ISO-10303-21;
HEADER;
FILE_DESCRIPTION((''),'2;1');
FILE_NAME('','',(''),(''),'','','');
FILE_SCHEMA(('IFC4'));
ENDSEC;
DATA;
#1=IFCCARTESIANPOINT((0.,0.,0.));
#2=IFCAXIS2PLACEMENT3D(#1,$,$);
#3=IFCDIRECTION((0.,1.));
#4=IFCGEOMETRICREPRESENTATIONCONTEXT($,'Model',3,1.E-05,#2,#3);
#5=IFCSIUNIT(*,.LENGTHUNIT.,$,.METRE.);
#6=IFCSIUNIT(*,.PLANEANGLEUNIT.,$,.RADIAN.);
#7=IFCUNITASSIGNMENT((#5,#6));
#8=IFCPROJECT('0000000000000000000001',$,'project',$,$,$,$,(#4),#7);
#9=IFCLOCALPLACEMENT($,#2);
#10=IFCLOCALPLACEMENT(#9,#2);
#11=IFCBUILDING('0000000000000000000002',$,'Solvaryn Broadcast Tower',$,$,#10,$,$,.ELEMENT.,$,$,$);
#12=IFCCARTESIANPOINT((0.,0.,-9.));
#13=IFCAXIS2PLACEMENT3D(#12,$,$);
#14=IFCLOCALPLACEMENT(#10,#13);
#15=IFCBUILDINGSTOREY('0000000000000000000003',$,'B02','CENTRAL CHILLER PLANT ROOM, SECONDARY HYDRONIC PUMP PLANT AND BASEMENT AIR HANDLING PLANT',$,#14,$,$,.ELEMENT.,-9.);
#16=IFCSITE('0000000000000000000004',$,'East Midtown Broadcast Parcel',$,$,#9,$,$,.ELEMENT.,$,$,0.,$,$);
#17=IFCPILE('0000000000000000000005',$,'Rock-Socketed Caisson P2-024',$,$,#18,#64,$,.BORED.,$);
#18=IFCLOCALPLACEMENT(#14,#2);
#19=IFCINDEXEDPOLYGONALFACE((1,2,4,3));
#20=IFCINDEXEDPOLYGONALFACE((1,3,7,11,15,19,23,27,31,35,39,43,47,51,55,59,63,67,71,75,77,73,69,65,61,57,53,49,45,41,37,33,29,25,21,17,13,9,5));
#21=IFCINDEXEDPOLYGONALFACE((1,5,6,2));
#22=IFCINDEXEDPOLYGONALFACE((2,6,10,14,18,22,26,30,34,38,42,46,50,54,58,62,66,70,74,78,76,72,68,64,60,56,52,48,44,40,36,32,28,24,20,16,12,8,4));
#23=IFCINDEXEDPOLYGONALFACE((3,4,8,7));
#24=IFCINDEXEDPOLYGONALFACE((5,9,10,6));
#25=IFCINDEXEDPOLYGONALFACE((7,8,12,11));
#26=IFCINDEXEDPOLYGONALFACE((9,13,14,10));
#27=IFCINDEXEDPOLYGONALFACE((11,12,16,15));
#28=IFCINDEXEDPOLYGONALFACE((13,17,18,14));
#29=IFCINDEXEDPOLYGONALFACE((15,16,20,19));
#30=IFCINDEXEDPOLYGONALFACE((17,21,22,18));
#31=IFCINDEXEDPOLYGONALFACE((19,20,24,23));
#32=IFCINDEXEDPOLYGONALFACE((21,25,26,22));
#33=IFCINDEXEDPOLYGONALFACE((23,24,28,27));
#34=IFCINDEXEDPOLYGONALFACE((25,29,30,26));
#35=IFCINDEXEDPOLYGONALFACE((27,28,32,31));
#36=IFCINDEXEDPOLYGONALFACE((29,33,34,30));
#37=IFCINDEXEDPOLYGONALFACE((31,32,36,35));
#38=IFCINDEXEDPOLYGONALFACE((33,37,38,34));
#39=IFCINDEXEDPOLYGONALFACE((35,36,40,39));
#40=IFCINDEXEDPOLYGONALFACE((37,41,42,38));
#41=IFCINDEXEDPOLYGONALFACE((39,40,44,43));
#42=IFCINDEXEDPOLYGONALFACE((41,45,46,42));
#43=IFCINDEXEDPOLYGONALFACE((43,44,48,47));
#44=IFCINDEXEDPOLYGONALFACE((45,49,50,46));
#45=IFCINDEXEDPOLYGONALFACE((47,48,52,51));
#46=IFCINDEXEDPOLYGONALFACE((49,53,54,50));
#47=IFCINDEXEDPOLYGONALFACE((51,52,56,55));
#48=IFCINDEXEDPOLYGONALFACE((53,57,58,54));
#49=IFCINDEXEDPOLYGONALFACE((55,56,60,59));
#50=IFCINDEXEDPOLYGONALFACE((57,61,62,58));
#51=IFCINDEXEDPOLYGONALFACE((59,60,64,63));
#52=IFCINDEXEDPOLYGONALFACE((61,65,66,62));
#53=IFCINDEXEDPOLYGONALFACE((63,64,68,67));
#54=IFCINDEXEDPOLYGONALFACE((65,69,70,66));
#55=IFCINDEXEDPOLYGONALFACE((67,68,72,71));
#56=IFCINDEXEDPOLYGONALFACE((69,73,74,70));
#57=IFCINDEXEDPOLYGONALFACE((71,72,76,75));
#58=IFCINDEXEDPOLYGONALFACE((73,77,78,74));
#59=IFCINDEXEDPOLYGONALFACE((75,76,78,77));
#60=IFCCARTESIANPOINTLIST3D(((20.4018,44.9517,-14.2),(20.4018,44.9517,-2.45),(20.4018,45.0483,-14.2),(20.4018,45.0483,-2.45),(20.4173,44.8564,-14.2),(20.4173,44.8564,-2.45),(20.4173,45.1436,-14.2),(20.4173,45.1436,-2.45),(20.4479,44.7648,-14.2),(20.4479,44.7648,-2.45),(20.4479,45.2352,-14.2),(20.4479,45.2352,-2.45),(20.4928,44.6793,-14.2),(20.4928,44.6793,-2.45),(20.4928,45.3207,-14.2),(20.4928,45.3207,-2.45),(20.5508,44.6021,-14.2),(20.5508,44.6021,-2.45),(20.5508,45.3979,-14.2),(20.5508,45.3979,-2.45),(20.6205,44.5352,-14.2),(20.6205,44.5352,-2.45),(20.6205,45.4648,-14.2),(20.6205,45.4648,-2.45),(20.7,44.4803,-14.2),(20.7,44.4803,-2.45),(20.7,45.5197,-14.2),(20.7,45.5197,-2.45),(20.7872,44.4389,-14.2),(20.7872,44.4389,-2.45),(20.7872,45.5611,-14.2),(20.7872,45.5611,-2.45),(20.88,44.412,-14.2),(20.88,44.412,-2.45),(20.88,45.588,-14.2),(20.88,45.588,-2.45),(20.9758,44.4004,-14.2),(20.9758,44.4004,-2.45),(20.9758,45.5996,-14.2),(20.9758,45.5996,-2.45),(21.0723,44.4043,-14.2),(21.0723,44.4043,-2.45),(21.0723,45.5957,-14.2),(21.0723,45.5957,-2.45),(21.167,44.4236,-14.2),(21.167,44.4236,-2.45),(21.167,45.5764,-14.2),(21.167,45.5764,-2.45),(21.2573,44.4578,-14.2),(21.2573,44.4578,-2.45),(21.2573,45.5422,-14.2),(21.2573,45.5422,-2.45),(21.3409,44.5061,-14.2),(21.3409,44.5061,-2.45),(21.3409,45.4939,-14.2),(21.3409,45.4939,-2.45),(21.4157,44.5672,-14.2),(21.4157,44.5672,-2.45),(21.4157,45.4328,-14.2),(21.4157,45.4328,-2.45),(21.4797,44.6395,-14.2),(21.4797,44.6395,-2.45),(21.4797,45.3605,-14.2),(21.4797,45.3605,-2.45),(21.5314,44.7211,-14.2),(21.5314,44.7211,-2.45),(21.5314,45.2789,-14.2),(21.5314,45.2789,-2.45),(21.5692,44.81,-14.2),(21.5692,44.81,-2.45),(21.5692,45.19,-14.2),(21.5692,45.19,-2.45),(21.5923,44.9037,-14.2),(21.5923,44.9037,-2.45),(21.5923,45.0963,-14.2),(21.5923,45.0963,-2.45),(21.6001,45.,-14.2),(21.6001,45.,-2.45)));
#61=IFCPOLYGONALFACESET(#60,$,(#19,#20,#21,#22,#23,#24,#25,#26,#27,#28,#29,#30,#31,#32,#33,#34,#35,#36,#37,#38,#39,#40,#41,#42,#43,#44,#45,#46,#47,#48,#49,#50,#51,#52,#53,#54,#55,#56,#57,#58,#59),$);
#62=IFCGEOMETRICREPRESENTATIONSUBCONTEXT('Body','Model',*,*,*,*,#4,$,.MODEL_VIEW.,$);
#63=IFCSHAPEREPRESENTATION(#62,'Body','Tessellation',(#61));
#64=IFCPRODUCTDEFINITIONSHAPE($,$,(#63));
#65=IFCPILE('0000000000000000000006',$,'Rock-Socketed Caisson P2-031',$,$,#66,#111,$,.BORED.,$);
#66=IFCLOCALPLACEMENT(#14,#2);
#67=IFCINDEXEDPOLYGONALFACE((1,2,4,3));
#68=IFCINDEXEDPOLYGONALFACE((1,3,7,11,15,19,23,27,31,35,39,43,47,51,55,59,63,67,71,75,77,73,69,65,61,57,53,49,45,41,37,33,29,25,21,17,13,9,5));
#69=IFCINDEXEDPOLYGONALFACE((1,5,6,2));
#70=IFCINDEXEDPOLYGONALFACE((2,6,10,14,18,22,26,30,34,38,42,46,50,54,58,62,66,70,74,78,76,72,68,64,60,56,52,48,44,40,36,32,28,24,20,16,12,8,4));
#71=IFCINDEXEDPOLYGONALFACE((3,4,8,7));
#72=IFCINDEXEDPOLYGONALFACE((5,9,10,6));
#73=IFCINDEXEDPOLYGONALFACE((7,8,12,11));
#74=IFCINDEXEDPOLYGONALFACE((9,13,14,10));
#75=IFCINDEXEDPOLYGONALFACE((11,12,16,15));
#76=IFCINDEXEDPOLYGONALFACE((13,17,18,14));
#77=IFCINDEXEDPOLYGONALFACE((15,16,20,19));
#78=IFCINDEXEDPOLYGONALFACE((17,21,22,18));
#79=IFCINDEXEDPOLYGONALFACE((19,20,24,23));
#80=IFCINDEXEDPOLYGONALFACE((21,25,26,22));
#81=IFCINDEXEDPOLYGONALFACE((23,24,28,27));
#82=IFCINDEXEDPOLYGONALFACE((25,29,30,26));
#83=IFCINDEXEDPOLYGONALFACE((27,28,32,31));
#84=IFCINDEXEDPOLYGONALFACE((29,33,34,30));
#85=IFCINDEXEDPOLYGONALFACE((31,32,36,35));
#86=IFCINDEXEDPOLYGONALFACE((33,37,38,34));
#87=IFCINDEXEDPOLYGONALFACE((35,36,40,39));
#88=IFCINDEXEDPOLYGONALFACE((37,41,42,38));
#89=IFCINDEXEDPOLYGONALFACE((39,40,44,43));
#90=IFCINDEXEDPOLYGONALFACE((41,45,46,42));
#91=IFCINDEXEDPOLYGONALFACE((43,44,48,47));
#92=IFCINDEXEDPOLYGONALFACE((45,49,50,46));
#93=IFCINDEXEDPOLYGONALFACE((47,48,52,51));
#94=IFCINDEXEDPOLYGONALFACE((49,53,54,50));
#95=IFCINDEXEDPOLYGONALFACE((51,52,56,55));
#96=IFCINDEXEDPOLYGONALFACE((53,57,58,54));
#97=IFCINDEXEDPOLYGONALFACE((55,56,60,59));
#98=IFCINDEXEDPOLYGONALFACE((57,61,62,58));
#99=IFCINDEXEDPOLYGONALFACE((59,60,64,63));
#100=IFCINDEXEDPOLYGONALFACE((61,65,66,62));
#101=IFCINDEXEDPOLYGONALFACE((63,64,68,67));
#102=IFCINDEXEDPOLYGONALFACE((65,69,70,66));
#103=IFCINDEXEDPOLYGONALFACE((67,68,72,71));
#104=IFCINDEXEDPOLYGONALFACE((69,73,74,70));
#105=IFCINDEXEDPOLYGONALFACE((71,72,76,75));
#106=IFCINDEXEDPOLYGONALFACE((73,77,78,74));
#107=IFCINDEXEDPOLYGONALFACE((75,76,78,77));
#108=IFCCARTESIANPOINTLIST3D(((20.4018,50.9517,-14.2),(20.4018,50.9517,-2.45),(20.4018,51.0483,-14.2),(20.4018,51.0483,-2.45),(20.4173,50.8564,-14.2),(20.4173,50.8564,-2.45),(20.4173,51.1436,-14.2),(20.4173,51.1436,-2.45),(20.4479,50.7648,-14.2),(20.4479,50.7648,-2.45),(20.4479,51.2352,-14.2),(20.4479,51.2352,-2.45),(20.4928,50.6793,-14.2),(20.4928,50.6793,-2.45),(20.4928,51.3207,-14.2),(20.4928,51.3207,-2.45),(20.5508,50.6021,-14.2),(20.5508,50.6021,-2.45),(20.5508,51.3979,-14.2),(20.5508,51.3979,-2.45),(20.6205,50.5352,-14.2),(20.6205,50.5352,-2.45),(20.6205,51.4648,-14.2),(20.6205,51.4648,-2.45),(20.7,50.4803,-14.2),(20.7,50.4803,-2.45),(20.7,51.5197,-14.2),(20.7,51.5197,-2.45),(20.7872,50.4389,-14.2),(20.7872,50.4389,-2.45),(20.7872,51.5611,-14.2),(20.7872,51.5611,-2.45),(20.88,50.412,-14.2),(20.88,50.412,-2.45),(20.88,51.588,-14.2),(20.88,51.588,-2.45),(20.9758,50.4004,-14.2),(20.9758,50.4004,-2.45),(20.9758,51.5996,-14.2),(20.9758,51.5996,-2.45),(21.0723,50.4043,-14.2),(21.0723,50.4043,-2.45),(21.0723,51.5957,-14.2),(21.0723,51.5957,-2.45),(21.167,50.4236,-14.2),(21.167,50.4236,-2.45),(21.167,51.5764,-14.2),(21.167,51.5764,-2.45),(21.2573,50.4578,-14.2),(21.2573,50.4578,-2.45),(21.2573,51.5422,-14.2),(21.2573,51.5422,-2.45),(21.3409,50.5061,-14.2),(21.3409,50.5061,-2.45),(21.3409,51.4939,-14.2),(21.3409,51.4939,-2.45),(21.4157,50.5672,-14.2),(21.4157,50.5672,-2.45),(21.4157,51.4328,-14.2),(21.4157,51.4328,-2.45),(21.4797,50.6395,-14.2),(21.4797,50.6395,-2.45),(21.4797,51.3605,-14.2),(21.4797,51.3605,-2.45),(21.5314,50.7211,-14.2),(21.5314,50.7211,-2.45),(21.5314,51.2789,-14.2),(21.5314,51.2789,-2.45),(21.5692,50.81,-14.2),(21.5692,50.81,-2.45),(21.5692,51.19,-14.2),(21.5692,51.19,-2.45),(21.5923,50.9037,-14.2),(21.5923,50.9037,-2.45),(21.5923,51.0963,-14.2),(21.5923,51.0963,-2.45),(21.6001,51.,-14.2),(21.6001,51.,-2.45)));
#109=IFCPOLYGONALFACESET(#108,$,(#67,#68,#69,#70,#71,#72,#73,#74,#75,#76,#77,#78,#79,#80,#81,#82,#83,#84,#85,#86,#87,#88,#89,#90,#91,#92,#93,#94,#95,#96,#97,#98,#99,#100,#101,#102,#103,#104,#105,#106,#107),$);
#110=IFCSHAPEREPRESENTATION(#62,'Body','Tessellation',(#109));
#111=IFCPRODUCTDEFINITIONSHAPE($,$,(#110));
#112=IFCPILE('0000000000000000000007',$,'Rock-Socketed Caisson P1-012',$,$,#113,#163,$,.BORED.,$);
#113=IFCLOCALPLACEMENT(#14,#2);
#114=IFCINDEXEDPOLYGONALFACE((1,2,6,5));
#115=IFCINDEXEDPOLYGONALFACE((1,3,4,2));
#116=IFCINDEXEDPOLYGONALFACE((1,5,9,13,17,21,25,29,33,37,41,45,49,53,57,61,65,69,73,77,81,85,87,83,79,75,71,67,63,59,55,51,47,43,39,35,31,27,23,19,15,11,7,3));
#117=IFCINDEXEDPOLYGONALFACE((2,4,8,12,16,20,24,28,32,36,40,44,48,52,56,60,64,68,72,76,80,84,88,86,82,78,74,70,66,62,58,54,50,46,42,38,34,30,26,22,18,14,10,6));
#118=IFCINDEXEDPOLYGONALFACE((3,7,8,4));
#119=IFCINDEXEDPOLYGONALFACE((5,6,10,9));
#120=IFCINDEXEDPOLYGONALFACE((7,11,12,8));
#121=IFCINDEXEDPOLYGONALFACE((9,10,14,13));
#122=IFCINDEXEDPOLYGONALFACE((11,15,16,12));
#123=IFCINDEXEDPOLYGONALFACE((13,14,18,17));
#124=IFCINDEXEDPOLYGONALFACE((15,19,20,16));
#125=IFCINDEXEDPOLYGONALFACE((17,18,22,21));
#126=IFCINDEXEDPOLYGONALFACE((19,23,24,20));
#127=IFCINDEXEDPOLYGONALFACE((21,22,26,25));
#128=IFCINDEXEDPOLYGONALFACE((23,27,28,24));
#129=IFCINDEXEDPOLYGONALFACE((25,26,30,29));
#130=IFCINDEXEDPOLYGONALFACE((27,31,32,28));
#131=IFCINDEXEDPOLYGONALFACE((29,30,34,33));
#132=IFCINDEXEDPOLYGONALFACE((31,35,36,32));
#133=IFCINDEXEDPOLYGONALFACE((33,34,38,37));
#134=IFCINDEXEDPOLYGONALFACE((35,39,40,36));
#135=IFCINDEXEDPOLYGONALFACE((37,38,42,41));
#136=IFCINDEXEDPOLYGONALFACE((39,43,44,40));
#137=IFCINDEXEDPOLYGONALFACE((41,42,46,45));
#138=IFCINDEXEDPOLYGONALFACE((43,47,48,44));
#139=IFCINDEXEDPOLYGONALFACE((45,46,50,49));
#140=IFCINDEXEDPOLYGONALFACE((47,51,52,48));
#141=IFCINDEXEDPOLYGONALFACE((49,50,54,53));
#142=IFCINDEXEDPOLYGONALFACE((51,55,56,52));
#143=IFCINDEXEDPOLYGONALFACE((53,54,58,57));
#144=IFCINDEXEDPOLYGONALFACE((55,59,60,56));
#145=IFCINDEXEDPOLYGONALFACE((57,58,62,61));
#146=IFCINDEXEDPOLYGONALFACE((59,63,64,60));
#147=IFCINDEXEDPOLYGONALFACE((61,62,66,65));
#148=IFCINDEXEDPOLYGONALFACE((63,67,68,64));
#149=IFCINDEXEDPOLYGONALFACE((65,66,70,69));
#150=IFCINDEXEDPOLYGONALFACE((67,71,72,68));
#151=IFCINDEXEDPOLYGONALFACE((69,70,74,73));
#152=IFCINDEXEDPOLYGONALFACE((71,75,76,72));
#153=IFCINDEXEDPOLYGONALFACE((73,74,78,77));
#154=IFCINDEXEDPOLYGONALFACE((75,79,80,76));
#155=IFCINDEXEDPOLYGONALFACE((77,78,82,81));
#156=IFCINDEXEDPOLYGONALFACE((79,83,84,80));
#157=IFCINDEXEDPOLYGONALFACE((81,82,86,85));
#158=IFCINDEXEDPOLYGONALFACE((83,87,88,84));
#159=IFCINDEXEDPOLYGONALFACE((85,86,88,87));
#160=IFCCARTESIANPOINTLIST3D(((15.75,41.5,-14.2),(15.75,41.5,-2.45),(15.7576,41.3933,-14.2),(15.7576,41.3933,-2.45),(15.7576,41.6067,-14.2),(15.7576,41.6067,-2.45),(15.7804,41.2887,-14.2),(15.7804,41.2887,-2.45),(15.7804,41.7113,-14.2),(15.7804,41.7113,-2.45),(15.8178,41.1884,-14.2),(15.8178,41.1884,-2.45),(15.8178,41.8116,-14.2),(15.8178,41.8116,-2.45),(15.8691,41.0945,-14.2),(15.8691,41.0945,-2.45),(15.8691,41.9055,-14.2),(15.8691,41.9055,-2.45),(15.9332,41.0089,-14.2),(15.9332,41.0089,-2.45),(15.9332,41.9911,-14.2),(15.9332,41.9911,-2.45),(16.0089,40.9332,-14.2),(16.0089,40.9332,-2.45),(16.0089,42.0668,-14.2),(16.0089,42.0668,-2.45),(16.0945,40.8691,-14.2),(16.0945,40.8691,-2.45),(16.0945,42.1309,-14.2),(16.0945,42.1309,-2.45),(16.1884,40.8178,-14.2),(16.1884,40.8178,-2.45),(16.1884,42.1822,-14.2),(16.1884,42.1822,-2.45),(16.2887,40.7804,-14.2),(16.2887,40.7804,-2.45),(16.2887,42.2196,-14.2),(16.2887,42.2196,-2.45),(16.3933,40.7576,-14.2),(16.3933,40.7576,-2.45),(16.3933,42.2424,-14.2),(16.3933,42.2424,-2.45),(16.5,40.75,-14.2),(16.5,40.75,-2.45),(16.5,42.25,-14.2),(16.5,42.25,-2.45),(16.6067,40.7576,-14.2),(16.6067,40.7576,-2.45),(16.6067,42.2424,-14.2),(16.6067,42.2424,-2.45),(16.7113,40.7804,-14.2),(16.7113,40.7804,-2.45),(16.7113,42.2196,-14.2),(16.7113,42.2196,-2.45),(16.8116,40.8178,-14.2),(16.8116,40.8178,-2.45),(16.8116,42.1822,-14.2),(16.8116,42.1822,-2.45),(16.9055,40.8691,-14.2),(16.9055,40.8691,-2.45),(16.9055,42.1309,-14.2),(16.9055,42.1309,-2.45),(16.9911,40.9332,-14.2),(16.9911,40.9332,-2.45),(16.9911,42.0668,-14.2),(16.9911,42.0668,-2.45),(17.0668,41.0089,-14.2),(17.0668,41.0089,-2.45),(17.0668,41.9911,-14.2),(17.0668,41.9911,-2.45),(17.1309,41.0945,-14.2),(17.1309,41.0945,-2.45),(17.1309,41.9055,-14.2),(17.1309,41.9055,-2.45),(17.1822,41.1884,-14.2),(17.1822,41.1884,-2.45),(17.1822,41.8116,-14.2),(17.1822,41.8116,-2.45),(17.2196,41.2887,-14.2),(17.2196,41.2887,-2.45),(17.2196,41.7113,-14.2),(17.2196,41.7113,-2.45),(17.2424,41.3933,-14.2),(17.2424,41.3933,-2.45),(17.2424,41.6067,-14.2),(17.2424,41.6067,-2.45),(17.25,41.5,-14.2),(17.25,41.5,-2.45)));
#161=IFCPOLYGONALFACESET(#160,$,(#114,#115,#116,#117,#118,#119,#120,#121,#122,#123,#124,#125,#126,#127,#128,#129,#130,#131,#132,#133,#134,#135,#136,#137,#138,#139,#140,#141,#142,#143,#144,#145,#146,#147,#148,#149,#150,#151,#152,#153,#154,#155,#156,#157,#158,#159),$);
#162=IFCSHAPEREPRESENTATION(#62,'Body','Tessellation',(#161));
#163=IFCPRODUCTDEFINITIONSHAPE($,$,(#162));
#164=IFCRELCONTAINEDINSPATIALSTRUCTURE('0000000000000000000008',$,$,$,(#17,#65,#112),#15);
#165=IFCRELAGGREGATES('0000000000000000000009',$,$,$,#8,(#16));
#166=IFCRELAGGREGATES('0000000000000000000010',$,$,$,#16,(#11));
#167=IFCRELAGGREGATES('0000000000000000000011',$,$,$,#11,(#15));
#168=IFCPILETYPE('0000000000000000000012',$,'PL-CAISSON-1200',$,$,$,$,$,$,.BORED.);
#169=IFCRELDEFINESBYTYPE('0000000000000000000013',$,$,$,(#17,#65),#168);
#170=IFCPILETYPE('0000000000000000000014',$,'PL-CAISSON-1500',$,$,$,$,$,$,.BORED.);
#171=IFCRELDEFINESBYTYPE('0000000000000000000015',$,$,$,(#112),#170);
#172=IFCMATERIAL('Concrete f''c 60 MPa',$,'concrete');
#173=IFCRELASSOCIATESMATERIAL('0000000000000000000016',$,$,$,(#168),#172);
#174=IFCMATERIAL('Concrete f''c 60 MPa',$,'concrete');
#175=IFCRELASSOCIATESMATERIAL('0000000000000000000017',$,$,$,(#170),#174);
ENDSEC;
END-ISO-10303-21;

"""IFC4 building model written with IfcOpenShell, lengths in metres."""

from ifc_helpers import new_model, si_unit, direction, frame, origin, origin_2d, place, context, subcontext, project, spatial, circle, extrude, material, material_profile, profile_set, type_object, element, save


model = new_model("IFC4")

# Units and contexts
model_context = context("Model", 3, precision=1e-05, world=origin(), true_north=direction((0.0, 1.0)))
body_context = subcontext(model_context, "Body", "Model", "MODEL_VIEW")
ifc_project = project(units=[si_unit("LENGTHUNIT", "METRE"), si_unit("PLANEANGLEUNIT", "RADIAN")], contexts=[model_context])

# Site, building, storey
site_placement = place(None, origin())
site = spatial("IfcSite", under=ifc_project, at=site_placement, Name="East Midtown Broadcast Parcel", CompositionType="ELEMENT", RefElevation=0.0)
building_placement = place(site_placement, origin())
building = spatial("IfcBuilding", under=site, at=building_placement, Name="Solvaryn Broadcast Tower", CompositionType="ELEMENT")
storey_placement = place(building_placement, frame((0.0, 0.0, -9.0)))
storey = spatial("IfcBuildingStorey", under=building, at=storey_placement, Name="B02", Description="CENTRAL CHILLER PLANT ROOM, SECONDARY HYDRONIC PUMP PLANT AND BASEMENT AIR HANDLING PLANT", CompositionType="ELEMENT", Elevation=-9.0)

# Piles
ifc_material_1 = material(Name="Concrete f'c 60 MPa", Category="concrete")
ifc_material_profile_1 = material_profile(ifc_material_1, circle(Radius=0.6001, at=origin_2d()))
ifc_profile_set_1 = profile_set([ifc_material_profile_1], Name="Concrete f'c 60 MPa")
pile_type_1 = type_object("IfcPileType", Name="PL-CAISSON-1200", PredefinedType="BORED", material=ifc_profile_set_1)
for number, where, z_axis, x_axis, name in (
    (1, (21.0, 45.0, -2.45), (0.0, 0.0, -1.0), (1.0, 0.0, 0.0), "Rock-Socketed Caisson P2-024"),
    (2, (21.0, 51.0, -2.45), (0.0, 0.0, -1.0), (1.0, 0.0, 0.0), "Rock-Socketed Caisson P2-031"),
):
    element("IfcPile", number, at=place(storey_placement, frame(where, z_axis=z_axis, x_axis=x_axis)), inside=storey, type_object=pile_type_1, Name=name, PredefinedType="BORED", context=body_context, shape_type="SweptSolid", body=[
        extrude(circle(Radius=0.6001, at=origin_2d()), origin(), (0.0, 0.0, 1.0), 11.75),
    ])
ifc_material_2 = material(Name="Concrete f'c 60 MPa", Category="concrete")
ifc_material_profile_2 = material_profile(ifc_material_2, circle(Radius=0.75, at=origin_2d()))
ifc_profile_set_2 = profile_set([ifc_material_profile_2], Name="Concrete f'c 60 MPa")
pile_type_2 = type_object("IfcPileType", Name="PL-CAISSON-1500", PredefinedType="BORED", material=ifc_profile_set_2)
for number, where, z_axis, x_axis, name in (
    (3, (16.5, 41.5, -2.45), (0.0, 0.0, -1.0), (1.0, 0.0, 0.0), "Rock-Socketed Caisson P1-012"),
):
    element("IfcPile", number, at=place(storey_placement, frame(where, z_axis=z_axis, x_axis=x_axis)), inside=storey, type_object=pile_type_2, Name=name, PredefinedType="BORED", context=body_context, shape_type="SweptSolid", body=[
        extrude(circle(Radius=0.75, at=origin_2d()), origin(), (0.0, 0.0, 1.0), 11.75),
    ])

save(model, "model.ifc")
